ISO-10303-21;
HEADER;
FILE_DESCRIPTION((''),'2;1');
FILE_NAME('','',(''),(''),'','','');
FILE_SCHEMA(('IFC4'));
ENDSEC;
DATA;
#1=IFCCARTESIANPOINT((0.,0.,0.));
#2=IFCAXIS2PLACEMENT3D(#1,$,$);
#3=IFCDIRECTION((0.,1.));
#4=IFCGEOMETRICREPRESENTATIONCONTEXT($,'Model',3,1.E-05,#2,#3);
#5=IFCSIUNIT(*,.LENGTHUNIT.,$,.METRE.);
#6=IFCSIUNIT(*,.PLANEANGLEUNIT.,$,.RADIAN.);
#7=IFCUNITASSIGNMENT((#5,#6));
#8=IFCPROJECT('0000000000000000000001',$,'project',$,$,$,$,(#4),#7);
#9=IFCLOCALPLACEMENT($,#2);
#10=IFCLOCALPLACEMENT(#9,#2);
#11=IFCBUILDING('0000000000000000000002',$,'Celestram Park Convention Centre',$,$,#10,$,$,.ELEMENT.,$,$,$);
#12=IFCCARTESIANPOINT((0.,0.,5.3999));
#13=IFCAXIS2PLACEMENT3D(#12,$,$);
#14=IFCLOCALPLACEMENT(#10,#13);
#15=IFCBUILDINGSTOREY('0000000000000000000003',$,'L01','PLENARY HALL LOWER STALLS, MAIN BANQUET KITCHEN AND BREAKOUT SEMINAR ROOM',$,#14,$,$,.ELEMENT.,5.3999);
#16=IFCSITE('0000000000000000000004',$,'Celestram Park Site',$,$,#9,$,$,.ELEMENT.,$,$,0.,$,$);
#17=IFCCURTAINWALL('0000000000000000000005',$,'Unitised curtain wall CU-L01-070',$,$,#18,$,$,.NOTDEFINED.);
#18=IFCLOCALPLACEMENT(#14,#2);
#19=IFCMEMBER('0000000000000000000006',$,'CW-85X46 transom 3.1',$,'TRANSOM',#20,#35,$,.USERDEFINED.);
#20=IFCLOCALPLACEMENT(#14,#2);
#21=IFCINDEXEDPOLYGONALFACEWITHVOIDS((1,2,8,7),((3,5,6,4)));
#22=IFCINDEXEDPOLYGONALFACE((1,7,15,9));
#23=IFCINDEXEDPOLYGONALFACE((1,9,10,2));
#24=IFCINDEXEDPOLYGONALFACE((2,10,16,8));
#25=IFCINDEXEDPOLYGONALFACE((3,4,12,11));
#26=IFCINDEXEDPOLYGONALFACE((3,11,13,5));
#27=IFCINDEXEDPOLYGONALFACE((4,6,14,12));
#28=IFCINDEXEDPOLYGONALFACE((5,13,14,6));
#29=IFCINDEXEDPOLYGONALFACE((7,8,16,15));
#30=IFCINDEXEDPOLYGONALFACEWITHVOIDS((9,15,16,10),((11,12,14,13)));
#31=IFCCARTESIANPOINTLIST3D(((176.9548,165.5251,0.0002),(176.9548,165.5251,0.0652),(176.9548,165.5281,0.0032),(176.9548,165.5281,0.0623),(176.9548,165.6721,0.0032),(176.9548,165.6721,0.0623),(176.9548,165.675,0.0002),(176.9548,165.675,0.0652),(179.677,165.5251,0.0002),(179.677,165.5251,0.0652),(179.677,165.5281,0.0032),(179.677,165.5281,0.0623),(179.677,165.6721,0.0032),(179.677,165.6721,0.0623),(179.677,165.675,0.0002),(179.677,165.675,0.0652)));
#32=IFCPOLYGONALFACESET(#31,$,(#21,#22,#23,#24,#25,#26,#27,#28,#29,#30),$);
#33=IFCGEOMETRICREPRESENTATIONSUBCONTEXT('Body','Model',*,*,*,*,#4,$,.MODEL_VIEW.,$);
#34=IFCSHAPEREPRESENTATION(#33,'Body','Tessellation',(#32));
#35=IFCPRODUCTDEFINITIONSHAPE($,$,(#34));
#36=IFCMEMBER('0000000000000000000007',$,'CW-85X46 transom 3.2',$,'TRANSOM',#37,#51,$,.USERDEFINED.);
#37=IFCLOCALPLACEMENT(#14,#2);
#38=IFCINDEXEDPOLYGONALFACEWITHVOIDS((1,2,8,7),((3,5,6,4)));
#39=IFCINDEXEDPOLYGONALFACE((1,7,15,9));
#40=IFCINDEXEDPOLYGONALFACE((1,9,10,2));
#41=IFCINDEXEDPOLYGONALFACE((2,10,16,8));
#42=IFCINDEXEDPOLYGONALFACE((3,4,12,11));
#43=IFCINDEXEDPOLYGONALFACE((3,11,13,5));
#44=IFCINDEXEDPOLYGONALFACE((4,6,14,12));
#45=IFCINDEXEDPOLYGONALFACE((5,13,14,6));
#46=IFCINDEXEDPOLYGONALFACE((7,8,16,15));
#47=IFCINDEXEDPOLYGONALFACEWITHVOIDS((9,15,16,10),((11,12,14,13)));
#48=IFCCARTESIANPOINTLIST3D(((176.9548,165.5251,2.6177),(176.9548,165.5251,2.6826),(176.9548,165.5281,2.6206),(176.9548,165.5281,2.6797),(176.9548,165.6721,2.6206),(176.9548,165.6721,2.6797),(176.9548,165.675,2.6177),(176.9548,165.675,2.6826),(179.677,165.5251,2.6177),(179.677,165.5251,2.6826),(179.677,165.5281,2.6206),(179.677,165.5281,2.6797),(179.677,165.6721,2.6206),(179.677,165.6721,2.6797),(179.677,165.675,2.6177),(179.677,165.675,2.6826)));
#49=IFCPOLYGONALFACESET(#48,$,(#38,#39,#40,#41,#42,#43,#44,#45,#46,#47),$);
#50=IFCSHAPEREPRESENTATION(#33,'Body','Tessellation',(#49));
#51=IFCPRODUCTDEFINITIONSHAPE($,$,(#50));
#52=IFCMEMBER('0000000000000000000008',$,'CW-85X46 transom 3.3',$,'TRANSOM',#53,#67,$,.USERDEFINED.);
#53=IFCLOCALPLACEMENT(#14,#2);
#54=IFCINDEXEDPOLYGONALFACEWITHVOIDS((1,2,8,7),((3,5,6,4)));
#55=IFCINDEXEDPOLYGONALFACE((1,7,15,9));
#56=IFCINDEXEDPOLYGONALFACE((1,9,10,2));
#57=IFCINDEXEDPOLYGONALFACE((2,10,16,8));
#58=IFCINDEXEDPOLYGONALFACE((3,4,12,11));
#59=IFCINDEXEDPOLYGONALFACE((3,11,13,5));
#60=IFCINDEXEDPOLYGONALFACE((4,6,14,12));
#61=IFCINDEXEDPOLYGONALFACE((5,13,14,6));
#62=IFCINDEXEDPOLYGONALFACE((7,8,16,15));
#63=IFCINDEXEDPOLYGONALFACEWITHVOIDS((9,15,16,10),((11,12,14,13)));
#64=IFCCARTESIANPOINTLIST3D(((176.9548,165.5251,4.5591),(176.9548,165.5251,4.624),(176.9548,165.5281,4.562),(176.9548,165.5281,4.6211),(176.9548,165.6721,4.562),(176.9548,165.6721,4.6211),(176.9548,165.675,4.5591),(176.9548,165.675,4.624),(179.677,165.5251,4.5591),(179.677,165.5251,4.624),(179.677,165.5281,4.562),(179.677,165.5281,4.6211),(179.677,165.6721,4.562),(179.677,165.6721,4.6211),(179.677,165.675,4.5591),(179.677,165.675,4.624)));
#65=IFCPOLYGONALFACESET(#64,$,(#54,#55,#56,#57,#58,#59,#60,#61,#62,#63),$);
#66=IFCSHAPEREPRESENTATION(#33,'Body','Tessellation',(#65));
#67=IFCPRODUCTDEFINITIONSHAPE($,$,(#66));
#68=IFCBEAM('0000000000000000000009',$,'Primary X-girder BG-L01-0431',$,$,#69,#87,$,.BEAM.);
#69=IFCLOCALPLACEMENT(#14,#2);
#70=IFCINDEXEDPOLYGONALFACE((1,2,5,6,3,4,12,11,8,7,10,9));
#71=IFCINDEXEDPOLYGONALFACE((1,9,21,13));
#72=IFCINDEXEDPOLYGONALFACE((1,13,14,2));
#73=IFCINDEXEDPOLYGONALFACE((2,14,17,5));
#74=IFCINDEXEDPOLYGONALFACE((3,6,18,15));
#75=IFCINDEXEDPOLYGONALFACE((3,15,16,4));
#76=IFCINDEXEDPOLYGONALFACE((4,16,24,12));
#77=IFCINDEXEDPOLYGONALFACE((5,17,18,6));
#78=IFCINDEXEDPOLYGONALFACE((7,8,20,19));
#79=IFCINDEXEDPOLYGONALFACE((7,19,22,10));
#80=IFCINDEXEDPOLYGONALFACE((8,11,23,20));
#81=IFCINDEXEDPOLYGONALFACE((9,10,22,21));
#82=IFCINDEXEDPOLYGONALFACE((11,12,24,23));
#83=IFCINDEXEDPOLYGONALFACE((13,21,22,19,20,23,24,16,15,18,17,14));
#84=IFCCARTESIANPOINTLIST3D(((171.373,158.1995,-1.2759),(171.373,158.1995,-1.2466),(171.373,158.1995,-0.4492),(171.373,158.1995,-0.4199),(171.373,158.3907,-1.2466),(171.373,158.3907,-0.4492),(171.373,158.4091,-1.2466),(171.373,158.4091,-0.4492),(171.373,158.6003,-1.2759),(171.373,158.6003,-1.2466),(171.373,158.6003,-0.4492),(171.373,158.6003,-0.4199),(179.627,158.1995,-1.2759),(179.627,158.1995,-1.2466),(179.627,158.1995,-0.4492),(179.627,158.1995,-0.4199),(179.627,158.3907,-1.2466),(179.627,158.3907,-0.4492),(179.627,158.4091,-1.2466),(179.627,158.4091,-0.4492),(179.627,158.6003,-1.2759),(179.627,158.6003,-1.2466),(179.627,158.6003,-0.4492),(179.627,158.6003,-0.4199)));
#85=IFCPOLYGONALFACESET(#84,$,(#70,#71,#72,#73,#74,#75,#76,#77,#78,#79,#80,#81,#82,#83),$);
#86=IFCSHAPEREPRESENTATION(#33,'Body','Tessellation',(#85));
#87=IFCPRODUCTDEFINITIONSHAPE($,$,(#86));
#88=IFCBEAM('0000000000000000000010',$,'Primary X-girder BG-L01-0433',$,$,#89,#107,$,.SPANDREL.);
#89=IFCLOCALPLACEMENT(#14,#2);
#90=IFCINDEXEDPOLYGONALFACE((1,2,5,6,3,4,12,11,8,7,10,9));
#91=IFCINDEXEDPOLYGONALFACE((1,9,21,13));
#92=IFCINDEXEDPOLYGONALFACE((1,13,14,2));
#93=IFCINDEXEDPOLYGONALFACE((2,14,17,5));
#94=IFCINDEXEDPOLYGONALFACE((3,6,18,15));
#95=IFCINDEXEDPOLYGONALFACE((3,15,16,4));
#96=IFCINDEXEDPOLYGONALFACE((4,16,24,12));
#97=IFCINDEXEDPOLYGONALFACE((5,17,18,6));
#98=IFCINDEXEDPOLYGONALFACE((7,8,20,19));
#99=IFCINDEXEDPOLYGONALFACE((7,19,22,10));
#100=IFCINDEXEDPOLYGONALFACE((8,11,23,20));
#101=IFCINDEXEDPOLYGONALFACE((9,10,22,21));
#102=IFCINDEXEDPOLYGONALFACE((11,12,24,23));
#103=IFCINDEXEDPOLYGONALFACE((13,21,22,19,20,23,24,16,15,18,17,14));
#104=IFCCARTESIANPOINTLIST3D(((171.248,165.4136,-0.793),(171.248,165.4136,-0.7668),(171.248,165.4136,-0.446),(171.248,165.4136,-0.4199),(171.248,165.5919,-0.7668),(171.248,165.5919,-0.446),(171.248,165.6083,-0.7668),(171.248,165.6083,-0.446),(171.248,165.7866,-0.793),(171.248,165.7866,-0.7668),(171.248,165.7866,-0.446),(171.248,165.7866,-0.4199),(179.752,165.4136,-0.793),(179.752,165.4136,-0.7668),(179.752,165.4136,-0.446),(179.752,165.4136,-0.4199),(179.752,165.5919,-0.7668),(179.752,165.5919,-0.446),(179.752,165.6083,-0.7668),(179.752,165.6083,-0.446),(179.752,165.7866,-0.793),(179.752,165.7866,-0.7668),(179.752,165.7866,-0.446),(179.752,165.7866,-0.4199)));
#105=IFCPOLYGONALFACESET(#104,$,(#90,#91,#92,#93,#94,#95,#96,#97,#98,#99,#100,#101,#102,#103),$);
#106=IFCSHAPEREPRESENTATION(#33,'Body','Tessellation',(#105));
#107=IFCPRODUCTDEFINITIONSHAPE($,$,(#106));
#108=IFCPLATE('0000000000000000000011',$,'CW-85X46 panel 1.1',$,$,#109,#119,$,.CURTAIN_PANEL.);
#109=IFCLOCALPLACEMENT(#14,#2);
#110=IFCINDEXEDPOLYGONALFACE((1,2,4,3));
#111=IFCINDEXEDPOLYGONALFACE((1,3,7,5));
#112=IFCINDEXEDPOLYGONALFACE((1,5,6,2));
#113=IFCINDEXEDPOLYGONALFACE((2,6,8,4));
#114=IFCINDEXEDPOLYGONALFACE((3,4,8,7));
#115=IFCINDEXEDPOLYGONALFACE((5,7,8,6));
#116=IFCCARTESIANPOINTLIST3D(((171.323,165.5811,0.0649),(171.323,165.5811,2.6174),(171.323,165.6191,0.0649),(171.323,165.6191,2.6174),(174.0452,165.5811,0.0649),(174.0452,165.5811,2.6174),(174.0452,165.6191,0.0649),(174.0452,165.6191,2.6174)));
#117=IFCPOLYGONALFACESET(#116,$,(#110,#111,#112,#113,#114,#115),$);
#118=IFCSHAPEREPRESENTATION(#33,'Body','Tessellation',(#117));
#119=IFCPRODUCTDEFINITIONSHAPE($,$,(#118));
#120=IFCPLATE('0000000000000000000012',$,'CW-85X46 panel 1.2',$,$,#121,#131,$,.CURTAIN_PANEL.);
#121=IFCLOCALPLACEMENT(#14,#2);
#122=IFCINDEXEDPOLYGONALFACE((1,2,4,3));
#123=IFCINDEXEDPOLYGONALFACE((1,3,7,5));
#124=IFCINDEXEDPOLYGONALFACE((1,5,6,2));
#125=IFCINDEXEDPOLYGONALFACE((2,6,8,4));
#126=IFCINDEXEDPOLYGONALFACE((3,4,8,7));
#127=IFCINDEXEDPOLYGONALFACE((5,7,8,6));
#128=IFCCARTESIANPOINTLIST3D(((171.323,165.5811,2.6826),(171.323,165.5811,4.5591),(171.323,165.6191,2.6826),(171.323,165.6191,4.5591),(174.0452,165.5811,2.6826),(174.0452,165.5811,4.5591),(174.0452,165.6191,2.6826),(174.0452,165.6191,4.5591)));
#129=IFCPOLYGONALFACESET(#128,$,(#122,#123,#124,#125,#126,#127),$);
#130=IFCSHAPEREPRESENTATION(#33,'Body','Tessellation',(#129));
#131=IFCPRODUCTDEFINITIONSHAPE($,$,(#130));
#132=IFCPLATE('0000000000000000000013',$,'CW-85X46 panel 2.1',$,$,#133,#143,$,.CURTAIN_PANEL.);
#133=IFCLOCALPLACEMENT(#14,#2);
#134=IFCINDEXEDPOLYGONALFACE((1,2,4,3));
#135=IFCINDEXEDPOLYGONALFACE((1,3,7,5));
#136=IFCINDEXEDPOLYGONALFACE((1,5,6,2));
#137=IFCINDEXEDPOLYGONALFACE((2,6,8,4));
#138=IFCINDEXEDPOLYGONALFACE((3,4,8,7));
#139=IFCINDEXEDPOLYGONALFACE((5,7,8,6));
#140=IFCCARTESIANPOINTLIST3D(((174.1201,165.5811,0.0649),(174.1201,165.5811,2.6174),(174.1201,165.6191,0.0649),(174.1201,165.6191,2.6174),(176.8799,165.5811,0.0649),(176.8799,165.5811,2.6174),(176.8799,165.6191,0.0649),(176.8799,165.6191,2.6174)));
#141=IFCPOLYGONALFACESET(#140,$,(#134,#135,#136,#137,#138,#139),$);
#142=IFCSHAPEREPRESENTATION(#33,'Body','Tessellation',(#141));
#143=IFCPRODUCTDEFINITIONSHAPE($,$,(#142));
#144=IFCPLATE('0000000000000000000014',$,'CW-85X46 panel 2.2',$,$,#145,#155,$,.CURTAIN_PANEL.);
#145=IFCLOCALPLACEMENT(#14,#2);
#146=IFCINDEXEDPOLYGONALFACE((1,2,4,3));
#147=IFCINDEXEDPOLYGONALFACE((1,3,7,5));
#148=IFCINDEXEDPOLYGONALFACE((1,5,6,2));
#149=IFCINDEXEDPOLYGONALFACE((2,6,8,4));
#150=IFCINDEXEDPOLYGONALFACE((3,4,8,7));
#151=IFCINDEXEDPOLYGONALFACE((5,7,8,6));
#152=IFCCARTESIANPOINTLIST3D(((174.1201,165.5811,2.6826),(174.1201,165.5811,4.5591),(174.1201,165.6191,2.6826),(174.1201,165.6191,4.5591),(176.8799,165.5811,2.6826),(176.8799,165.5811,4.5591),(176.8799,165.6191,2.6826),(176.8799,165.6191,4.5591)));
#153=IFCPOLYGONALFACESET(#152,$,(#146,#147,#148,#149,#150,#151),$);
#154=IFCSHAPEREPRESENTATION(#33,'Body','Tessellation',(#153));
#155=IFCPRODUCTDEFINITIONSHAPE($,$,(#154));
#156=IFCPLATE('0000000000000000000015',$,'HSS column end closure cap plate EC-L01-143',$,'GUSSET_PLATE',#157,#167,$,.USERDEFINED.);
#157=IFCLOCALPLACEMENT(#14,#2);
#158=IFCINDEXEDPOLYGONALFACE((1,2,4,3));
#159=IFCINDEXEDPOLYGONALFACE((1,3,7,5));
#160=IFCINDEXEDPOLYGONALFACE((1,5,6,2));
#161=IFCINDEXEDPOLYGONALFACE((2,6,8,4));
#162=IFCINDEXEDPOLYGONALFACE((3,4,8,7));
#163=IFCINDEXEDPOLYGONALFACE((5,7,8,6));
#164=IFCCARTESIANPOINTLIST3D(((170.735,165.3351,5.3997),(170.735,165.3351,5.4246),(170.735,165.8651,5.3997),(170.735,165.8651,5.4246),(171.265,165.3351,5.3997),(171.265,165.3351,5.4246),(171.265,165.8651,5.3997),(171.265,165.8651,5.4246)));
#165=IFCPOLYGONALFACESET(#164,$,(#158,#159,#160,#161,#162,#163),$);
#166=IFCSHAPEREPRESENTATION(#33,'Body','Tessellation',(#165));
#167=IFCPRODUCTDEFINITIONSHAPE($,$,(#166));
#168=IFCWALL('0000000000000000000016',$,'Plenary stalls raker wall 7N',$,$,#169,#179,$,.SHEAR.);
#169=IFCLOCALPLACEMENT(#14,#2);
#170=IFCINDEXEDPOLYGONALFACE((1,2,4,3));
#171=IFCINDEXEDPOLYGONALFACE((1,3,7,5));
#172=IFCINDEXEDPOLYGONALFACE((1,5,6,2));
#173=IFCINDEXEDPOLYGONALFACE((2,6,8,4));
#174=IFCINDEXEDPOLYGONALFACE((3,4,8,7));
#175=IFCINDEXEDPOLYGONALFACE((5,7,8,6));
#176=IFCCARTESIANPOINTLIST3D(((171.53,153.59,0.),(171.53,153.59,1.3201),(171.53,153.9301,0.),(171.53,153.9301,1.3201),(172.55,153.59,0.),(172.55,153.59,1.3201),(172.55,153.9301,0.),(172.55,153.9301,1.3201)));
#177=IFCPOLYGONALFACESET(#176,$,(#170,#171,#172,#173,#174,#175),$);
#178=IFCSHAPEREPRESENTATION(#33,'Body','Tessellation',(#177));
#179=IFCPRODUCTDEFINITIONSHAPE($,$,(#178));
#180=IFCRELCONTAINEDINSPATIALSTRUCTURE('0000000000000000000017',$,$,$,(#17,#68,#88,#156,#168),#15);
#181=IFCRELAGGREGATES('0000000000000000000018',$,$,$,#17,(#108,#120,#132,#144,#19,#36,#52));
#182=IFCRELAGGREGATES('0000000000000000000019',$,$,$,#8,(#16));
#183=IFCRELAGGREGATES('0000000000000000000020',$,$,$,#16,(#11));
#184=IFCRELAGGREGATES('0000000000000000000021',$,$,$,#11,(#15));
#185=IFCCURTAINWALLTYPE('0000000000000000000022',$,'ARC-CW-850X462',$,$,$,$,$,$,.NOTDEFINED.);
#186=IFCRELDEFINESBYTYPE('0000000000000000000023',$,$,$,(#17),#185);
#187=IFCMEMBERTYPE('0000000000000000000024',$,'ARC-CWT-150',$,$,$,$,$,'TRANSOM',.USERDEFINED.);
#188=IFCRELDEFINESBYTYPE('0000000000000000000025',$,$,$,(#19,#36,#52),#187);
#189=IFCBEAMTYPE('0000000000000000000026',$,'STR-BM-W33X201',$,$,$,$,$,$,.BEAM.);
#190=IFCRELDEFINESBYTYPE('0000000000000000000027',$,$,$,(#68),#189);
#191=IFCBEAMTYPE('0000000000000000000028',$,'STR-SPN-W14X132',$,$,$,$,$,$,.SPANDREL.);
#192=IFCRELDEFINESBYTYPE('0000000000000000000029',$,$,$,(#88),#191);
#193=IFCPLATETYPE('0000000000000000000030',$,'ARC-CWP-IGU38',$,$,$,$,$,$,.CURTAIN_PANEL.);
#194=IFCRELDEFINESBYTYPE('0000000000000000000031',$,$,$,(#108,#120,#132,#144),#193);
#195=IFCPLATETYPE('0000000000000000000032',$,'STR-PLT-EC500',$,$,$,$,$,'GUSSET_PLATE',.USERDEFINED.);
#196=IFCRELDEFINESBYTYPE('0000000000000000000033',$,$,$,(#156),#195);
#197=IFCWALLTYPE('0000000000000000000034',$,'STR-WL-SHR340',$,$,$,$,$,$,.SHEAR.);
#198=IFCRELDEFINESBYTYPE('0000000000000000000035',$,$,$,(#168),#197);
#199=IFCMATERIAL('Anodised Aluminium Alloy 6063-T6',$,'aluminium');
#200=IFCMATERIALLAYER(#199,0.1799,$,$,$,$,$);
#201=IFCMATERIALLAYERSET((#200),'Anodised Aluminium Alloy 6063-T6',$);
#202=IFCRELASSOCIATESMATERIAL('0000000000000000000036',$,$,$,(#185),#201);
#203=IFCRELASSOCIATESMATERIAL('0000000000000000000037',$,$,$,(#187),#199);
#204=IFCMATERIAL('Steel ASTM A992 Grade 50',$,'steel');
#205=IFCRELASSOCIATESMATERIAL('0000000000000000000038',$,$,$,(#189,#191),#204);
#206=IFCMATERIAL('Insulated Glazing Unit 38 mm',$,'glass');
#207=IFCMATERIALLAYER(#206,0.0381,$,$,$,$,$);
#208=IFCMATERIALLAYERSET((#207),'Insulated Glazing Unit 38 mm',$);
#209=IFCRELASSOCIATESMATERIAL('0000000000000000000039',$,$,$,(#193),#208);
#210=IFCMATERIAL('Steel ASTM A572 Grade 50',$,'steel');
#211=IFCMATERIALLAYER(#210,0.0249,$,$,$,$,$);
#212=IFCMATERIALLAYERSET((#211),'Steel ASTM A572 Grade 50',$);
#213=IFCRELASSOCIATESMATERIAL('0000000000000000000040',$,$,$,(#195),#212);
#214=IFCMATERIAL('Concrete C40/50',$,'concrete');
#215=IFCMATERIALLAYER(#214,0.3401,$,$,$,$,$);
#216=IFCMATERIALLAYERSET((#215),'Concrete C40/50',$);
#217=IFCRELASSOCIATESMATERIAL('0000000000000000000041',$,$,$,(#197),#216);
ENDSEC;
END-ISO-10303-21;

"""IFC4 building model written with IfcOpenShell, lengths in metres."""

from ifc_helpers import new_model, si_unit, direction, frame, frame_2d, origin, origin_2d, place, context, subcontext, project, spatial, rectangle, hollow_rectangle, i_section, extrude, material, layer, layer_set, material_profile, profile_set, type_object, element, aggregate, save


model = new_model("IFC4")

# Units and contexts
model_context = context("Model", 3, precision=1e-05, world=origin(), true_north=direction((0.0, 1.0)))
body_context = subcontext(model_context, "Body", "Model", "MODEL_VIEW")
ifc_project = project(units=[si_unit("LENGTHUNIT", "METRE"), si_unit("PLANEANGLEUNIT", "RADIAN")], contexts=[model_context])

# Site, building, storey
site_placement = place(None, origin())
site = spatial("IfcSite", under=ifc_project, at=site_placement, Name="Celestram Park Site", CompositionType="ELEMENT", RefElevation=0.0)
building_placement = place(site_placement, origin())
building = spatial("IfcBuilding", under=site, at=building_placement, Name="Celestram Park Convention Centre", CompositionType="ELEMENT")
storey_placement = place(building_placement, frame((0.0, 0.0, 5.3999)))
storey = spatial("IfcBuildingStorey", under=building, at=storey_placement, Name="L01", Description="PLENARY HALL LOWER STALLS, MAIN BANQUET KITCHEN AND BREAKOUT SEMINAR ROOM", CompositionType="ELEMENT", Elevation=5.3999)

# Curtain wall, members
ifc_material_1 = material(Name="Anodised Aluminium Alloy 6063-T6", Category="aluminium")
ifc_layer_1 = layer(ifc_material_1, 0.1799)
ifc_layer_set_1 = layer_set([ifc_layer_1], Name="Anodised Aluminium Alloy 6063-T6")
curtain_wall_type = type_object("IfcCurtainWallType", Name="ARC-CW-850X462", PredefinedType="NOTDEFINED", material=ifc_layer_set_1)
curtain_wall_placement = place(storey_placement, origin())
curtain_wall = element("IfcCurtainWall", 1, at=curtain_wall_placement, inside=storey, type_object=curtain_wall_type, Name="Unitised curtain wall CU-L01-070", PredefinedType="NOTDEFINED")
ifc_material_profile_1 = material_profile(ifc_material_1, hollow_rectangle(XDim=0.1499, YDim=0.0649, WallThickness=0.0029, at=origin_2d()), Name="ALU150X65X3")
ifc_profile_set_1 = profile_set([ifc_material_profile_1], Name="Anodised Aluminium Alloy 6063-T6")
member_type_1 = type_object("IfcMemberType", Name="ARC-CWT-150", ElementType="TRANSOM", PredefinedType="USERDEFINED", material=ifc_profile_set_1)
member_1_placement = place(storey_placement, frame((176.9548, 165.6001, 0.0327), z_axis=(1.0, 0.0, 0.0), x_axis=(0.0, 1.0, 0.0)))
member_1 = element("IfcMember", 2, at=member_1_placement, type_object=member_type_1, Name="CW-85X46 transom 3.1", ObjectType="TRANSOM", PredefinedType="USERDEFINED", context=body_context, shape_type="SweptSolid", body=[
    extrude(hollow_rectangle(XDim=0.1499, YDim=0.0649, WallThickness=0.0029, at=origin_2d()), origin(), (0.0, 0.0, 1.0), 2.7222),
])
member_2_placement = place(storey_placement, frame((176.9548, 165.6001, 2.6501), z_axis=(1.0, 0.0, 0.0), x_axis=(0.0, 1.0, 0.0)))
member_2 = element("IfcMember", 3, at=member_2_placement, type_object=member_type_1, Name="CW-85X46 transom 3.2", ObjectType="TRANSOM", PredefinedType="USERDEFINED", context=body_context, shape_type="SweptSolid", body=[
    extrude(hollow_rectangle(XDim=0.1499, YDim=0.0649, WallThickness=0.0029, at=origin_2d()), origin(), (0.0, 0.0, 1.0), 2.7222),
])
member_3_placement = place(storey_placement, frame((176.9548, 165.6001, 4.5916), z_axis=(1.0, 0.0, 0.0), x_axis=(0.0, 1.0, 0.0)))
member_3 = element("IfcMember", 4, at=member_3_placement, type_object=member_type_1, Name="CW-85X46 transom 3.3", ObjectType="TRANSOM", PredefinedType="USERDEFINED", context=body_context, shape_type="SweptSolid", body=[
    extrude(hollow_rectangle(XDim=0.1499, YDim=0.0649, WallThickness=0.0029, at=origin_2d()), origin(), (0.0, 0.0, 1.0), 2.7222),
])

# Beams
ifc_material_2 = material(Name="Steel ASTM A992 Grade 50", Category="steel")
ifc_material_profile_2 = material_profile(ifc_material_2, i_section(OverallWidth=0.4009, OverallDepth=0.856, WebThickness=0.0183, FlangeThickness=0.0293, at=origin_2d()), Name="W33X201")
ifc_profile_set_2 = profile_set([ifc_material_profile_2], Name="Steel ASTM A992 Grade 50")
beam_type_1 = type_object("IfcBeamType", Name="STR-BM-W33X201", PredefinedType="BEAM", material=ifc_profile_set_2)
beam_1_placement = place(storey_placement, frame((171.373, 158.3999, -0.8479), z_axis=(1.0, 0.0, 0.0), x_axis=(0.0, 1.0, 0.0)))
element("IfcBeam", 5, at=beam_1_placement, inside=storey, type_object=beam_type_1, Name="Primary X-girder BG-L01-0431", PredefinedType="BEAM", context=body_context, shape_type="SweptSolid", body=[
    extrude(i_section(OverallWidth=0.4009, OverallDepth=0.856, WebThickness=0.0183, FlangeThickness=0.0293, at=origin_2d()), origin(), (0.0, 0.0, 1.0), 8.2539),
])
ifc_material_profile_3 = material_profile(ifc_material_2, i_section(OverallWidth=0.373, OverallDepth=0.373, WebThickness=0.0164, FlangeThickness=0.0261, at=origin_2d()), Name="W14X132")
ifc_profile_set_3 = profile_set([ifc_material_profile_3], Name="Steel ASTM A992 Grade 50")
beam_type_2 = type_object("IfcBeamType", Name="STR-SPN-W14X132", PredefinedType="SPANDREL", material=ifc_profile_set_3)
beam_2_placement = place(storey_placement, frame((171.248, 165.6001, -0.6064), z_axis=(1.0, 0.0, 0.0), x_axis=(0.0, 1.0, 0.0)))
element("IfcBeam", 6, at=beam_2_placement, inside=storey, type_object=beam_type_2, Name="Primary X-girder BG-L01-0433", PredefinedType="SPANDREL", context=body_context, shape_type="SweptSolid", body=[
    extrude(i_section(OverallWidth=0.373, OverallDepth=0.373, WebThickness=0.0164, FlangeThickness=0.0261, at=origin_2d()), origin(), (0.0, 0.0, 1.0), 8.5039),
])

# Plates
ifc_material_3 = material(Name="Insulated Glazing Unit 38 mm", Category="glass")
ifc_layer_2 = layer(ifc_material_3, 0.0381)
ifc_layer_set_2 = layer_set([ifc_layer_2], Name="Insulated Glazing Unit 38 mm")
plate_type_1 = type_object("IfcPlateType", Name="ARC-CWP-IGU38", PredefinedType="CURTAIN_PANEL", material=ifc_layer_set_2)
plate_1_placement = place(storey_placement, frame((172.6841, 165.6001, 0.0649), z_axis=(0.0, 0.0, 1.0), x_axis=(1.0, 0.0, 0.0)))
plate_1 = element("IfcPlate", 7, at=plate_1_placement, type_object=plate_type_1, Name="CW-85X46 panel 1.1", PredefinedType="CURTAIN_PANEL", context=body_context, shape_type="SweptSolid", body=[
    extrude(rectangle(XDim=2.7222, YDim=0.0381, at=origin_2d()), origin(), (0.0, 0.0, 1.0), 2.5525),
])
plate_2_placement = place(storey_placement, frame((172.6841, 165.6001, 2.6826), z_axis=(0.0, 0.0, 1.0), x_axis=(1.0, 0.0, 0.0)))
plate_2 = element("IfcPlate", 8, at=plate_2_placement, type_object=plate_type_1, Name="CW-85X46 panel 1.2", PredefinedType="CURTAIN_PANEL", context=body_context, shape_type="SweptSolid", body=[
    extrude(rectangle(XDim=2.7222, YDim=0.0381, at=origin_2d()), origin(), (0.0, 0.0, 1.0), 1.8765),
])
plate_3_placement = place(storey_placement, frame((175.5, 165.6001, 0.0649), z_axis=(0.0, 0.0, 1.0), x_axis=(1.0, 0.0, 0.0)))
plate_3 = element("IfcPlate", 9, at=plate_3_placement, type_object=plate_type_1, Name="CW-85X46 panel 2.1", PredefinedType="CURTAIN_PANEL", context=body_context, shape_type="SweptSolid", body=[
    extrude(rectangle(XDim=2.7598, YDim=0.0381, at=origin_2d()), origin(), (0.0, 0.0, 1.0), 2.5525),
])
plate_4_placement = place(storey_placement, frame((175.5, 165.6001, 2.6826), z_axis=(0.0, 0.0, 1.0), x_axis=(1.0, 0.0, 0.0)))
plate_4 = element("IfcPlate", 10, at=plate_4_placement, type_object=plate_type_1, Name="CW-85X46 panel 2.2", PredefinedType="CURTAIN_PANEL", context=body_context, shape_type="SweptSolid", body=[
    extrude(rectangle(XDim=2.7598, YDim=0.0381, at=origin_2d()), origin(), (0.0, 0.0, 1.0), 1.8765),
])
aggregate(curtain_wall, [plate_1, plate_2, plate_3, plate_4, member_1, member_2, member_3])
ifc_material_4 = material(Name="Steel ASTM A572 Grade 50", Category="steel")
ifc_layer_3 = layer(ifc_material_4, 0.0249)
ifc_layer_set_3 = layer_set([ifc_layer_3], Name="Steel ASTM A572 Grade 50")
plate_type_2 = type_object("IfcPlateType", Name="STR-PLT-EC500", ElementType="GUSSET_PLATE", PredefinedType="USERDEFINED", material=ifc_layer_set_3)
plate_5_placement = place(storey_placement, frame((171.0, 165.6001, 5.3997), z_axis=(0.0, 0.0, 1.0), x_axis=(1.0, 0.0, 0.0)))
element("IfcPlate", 11, at=plate_5_placement, inside=storey, type_object=plate_type_2, Name="HSS column end closure cap plate EC-L01-143", ObjectType="GUSSET_PLATE", PredefinedType="USERDEFINED", context=body_context, shape_type="SweptSolid", body=[
    extrude(rectangle(XDim=0.53, YDim=0.53, at=origin_2d()), origin(), (0.0, 0.0, 1.0), 0.0249),
])

# Wall
ifc_material_5 = material(Name="Concrete C40/50", Category="concrete")
ifc_layer_4 = layer(ifc_material_5, 0.3401)
ifc_layer_set_4 = layer_set([ifc_layer_4], Name="Concrete C40/50")
wall_type = type_object("IfcWallType", Name="STR-WL-SHR340", PredefinedType="SHEAR", material=ifc_layer_set_4)
wall_1_placement = place(storey_placement, frame((171.53, 153.76, 0.0), z_axis=(0.0, 0.0, 1.0), x_axis=(1.0, 0.0, 0.0)))
element("IfcWall", 12, at=wall_1_placement, inside=storey, type_object=wall_type, Name="Plenary stalls raker wall 7N", PredefinedType="SHEAR", context=body_context, shape_type="SweptSolid", body=[
    extrude(rectangle(XDim=1.02, YDim=0.3401, at=frame_2d((0.51, 0.0))), origin(), (0.0, 0.0, 1.0), 1.3201),
])

save(model, "model.ifc")
